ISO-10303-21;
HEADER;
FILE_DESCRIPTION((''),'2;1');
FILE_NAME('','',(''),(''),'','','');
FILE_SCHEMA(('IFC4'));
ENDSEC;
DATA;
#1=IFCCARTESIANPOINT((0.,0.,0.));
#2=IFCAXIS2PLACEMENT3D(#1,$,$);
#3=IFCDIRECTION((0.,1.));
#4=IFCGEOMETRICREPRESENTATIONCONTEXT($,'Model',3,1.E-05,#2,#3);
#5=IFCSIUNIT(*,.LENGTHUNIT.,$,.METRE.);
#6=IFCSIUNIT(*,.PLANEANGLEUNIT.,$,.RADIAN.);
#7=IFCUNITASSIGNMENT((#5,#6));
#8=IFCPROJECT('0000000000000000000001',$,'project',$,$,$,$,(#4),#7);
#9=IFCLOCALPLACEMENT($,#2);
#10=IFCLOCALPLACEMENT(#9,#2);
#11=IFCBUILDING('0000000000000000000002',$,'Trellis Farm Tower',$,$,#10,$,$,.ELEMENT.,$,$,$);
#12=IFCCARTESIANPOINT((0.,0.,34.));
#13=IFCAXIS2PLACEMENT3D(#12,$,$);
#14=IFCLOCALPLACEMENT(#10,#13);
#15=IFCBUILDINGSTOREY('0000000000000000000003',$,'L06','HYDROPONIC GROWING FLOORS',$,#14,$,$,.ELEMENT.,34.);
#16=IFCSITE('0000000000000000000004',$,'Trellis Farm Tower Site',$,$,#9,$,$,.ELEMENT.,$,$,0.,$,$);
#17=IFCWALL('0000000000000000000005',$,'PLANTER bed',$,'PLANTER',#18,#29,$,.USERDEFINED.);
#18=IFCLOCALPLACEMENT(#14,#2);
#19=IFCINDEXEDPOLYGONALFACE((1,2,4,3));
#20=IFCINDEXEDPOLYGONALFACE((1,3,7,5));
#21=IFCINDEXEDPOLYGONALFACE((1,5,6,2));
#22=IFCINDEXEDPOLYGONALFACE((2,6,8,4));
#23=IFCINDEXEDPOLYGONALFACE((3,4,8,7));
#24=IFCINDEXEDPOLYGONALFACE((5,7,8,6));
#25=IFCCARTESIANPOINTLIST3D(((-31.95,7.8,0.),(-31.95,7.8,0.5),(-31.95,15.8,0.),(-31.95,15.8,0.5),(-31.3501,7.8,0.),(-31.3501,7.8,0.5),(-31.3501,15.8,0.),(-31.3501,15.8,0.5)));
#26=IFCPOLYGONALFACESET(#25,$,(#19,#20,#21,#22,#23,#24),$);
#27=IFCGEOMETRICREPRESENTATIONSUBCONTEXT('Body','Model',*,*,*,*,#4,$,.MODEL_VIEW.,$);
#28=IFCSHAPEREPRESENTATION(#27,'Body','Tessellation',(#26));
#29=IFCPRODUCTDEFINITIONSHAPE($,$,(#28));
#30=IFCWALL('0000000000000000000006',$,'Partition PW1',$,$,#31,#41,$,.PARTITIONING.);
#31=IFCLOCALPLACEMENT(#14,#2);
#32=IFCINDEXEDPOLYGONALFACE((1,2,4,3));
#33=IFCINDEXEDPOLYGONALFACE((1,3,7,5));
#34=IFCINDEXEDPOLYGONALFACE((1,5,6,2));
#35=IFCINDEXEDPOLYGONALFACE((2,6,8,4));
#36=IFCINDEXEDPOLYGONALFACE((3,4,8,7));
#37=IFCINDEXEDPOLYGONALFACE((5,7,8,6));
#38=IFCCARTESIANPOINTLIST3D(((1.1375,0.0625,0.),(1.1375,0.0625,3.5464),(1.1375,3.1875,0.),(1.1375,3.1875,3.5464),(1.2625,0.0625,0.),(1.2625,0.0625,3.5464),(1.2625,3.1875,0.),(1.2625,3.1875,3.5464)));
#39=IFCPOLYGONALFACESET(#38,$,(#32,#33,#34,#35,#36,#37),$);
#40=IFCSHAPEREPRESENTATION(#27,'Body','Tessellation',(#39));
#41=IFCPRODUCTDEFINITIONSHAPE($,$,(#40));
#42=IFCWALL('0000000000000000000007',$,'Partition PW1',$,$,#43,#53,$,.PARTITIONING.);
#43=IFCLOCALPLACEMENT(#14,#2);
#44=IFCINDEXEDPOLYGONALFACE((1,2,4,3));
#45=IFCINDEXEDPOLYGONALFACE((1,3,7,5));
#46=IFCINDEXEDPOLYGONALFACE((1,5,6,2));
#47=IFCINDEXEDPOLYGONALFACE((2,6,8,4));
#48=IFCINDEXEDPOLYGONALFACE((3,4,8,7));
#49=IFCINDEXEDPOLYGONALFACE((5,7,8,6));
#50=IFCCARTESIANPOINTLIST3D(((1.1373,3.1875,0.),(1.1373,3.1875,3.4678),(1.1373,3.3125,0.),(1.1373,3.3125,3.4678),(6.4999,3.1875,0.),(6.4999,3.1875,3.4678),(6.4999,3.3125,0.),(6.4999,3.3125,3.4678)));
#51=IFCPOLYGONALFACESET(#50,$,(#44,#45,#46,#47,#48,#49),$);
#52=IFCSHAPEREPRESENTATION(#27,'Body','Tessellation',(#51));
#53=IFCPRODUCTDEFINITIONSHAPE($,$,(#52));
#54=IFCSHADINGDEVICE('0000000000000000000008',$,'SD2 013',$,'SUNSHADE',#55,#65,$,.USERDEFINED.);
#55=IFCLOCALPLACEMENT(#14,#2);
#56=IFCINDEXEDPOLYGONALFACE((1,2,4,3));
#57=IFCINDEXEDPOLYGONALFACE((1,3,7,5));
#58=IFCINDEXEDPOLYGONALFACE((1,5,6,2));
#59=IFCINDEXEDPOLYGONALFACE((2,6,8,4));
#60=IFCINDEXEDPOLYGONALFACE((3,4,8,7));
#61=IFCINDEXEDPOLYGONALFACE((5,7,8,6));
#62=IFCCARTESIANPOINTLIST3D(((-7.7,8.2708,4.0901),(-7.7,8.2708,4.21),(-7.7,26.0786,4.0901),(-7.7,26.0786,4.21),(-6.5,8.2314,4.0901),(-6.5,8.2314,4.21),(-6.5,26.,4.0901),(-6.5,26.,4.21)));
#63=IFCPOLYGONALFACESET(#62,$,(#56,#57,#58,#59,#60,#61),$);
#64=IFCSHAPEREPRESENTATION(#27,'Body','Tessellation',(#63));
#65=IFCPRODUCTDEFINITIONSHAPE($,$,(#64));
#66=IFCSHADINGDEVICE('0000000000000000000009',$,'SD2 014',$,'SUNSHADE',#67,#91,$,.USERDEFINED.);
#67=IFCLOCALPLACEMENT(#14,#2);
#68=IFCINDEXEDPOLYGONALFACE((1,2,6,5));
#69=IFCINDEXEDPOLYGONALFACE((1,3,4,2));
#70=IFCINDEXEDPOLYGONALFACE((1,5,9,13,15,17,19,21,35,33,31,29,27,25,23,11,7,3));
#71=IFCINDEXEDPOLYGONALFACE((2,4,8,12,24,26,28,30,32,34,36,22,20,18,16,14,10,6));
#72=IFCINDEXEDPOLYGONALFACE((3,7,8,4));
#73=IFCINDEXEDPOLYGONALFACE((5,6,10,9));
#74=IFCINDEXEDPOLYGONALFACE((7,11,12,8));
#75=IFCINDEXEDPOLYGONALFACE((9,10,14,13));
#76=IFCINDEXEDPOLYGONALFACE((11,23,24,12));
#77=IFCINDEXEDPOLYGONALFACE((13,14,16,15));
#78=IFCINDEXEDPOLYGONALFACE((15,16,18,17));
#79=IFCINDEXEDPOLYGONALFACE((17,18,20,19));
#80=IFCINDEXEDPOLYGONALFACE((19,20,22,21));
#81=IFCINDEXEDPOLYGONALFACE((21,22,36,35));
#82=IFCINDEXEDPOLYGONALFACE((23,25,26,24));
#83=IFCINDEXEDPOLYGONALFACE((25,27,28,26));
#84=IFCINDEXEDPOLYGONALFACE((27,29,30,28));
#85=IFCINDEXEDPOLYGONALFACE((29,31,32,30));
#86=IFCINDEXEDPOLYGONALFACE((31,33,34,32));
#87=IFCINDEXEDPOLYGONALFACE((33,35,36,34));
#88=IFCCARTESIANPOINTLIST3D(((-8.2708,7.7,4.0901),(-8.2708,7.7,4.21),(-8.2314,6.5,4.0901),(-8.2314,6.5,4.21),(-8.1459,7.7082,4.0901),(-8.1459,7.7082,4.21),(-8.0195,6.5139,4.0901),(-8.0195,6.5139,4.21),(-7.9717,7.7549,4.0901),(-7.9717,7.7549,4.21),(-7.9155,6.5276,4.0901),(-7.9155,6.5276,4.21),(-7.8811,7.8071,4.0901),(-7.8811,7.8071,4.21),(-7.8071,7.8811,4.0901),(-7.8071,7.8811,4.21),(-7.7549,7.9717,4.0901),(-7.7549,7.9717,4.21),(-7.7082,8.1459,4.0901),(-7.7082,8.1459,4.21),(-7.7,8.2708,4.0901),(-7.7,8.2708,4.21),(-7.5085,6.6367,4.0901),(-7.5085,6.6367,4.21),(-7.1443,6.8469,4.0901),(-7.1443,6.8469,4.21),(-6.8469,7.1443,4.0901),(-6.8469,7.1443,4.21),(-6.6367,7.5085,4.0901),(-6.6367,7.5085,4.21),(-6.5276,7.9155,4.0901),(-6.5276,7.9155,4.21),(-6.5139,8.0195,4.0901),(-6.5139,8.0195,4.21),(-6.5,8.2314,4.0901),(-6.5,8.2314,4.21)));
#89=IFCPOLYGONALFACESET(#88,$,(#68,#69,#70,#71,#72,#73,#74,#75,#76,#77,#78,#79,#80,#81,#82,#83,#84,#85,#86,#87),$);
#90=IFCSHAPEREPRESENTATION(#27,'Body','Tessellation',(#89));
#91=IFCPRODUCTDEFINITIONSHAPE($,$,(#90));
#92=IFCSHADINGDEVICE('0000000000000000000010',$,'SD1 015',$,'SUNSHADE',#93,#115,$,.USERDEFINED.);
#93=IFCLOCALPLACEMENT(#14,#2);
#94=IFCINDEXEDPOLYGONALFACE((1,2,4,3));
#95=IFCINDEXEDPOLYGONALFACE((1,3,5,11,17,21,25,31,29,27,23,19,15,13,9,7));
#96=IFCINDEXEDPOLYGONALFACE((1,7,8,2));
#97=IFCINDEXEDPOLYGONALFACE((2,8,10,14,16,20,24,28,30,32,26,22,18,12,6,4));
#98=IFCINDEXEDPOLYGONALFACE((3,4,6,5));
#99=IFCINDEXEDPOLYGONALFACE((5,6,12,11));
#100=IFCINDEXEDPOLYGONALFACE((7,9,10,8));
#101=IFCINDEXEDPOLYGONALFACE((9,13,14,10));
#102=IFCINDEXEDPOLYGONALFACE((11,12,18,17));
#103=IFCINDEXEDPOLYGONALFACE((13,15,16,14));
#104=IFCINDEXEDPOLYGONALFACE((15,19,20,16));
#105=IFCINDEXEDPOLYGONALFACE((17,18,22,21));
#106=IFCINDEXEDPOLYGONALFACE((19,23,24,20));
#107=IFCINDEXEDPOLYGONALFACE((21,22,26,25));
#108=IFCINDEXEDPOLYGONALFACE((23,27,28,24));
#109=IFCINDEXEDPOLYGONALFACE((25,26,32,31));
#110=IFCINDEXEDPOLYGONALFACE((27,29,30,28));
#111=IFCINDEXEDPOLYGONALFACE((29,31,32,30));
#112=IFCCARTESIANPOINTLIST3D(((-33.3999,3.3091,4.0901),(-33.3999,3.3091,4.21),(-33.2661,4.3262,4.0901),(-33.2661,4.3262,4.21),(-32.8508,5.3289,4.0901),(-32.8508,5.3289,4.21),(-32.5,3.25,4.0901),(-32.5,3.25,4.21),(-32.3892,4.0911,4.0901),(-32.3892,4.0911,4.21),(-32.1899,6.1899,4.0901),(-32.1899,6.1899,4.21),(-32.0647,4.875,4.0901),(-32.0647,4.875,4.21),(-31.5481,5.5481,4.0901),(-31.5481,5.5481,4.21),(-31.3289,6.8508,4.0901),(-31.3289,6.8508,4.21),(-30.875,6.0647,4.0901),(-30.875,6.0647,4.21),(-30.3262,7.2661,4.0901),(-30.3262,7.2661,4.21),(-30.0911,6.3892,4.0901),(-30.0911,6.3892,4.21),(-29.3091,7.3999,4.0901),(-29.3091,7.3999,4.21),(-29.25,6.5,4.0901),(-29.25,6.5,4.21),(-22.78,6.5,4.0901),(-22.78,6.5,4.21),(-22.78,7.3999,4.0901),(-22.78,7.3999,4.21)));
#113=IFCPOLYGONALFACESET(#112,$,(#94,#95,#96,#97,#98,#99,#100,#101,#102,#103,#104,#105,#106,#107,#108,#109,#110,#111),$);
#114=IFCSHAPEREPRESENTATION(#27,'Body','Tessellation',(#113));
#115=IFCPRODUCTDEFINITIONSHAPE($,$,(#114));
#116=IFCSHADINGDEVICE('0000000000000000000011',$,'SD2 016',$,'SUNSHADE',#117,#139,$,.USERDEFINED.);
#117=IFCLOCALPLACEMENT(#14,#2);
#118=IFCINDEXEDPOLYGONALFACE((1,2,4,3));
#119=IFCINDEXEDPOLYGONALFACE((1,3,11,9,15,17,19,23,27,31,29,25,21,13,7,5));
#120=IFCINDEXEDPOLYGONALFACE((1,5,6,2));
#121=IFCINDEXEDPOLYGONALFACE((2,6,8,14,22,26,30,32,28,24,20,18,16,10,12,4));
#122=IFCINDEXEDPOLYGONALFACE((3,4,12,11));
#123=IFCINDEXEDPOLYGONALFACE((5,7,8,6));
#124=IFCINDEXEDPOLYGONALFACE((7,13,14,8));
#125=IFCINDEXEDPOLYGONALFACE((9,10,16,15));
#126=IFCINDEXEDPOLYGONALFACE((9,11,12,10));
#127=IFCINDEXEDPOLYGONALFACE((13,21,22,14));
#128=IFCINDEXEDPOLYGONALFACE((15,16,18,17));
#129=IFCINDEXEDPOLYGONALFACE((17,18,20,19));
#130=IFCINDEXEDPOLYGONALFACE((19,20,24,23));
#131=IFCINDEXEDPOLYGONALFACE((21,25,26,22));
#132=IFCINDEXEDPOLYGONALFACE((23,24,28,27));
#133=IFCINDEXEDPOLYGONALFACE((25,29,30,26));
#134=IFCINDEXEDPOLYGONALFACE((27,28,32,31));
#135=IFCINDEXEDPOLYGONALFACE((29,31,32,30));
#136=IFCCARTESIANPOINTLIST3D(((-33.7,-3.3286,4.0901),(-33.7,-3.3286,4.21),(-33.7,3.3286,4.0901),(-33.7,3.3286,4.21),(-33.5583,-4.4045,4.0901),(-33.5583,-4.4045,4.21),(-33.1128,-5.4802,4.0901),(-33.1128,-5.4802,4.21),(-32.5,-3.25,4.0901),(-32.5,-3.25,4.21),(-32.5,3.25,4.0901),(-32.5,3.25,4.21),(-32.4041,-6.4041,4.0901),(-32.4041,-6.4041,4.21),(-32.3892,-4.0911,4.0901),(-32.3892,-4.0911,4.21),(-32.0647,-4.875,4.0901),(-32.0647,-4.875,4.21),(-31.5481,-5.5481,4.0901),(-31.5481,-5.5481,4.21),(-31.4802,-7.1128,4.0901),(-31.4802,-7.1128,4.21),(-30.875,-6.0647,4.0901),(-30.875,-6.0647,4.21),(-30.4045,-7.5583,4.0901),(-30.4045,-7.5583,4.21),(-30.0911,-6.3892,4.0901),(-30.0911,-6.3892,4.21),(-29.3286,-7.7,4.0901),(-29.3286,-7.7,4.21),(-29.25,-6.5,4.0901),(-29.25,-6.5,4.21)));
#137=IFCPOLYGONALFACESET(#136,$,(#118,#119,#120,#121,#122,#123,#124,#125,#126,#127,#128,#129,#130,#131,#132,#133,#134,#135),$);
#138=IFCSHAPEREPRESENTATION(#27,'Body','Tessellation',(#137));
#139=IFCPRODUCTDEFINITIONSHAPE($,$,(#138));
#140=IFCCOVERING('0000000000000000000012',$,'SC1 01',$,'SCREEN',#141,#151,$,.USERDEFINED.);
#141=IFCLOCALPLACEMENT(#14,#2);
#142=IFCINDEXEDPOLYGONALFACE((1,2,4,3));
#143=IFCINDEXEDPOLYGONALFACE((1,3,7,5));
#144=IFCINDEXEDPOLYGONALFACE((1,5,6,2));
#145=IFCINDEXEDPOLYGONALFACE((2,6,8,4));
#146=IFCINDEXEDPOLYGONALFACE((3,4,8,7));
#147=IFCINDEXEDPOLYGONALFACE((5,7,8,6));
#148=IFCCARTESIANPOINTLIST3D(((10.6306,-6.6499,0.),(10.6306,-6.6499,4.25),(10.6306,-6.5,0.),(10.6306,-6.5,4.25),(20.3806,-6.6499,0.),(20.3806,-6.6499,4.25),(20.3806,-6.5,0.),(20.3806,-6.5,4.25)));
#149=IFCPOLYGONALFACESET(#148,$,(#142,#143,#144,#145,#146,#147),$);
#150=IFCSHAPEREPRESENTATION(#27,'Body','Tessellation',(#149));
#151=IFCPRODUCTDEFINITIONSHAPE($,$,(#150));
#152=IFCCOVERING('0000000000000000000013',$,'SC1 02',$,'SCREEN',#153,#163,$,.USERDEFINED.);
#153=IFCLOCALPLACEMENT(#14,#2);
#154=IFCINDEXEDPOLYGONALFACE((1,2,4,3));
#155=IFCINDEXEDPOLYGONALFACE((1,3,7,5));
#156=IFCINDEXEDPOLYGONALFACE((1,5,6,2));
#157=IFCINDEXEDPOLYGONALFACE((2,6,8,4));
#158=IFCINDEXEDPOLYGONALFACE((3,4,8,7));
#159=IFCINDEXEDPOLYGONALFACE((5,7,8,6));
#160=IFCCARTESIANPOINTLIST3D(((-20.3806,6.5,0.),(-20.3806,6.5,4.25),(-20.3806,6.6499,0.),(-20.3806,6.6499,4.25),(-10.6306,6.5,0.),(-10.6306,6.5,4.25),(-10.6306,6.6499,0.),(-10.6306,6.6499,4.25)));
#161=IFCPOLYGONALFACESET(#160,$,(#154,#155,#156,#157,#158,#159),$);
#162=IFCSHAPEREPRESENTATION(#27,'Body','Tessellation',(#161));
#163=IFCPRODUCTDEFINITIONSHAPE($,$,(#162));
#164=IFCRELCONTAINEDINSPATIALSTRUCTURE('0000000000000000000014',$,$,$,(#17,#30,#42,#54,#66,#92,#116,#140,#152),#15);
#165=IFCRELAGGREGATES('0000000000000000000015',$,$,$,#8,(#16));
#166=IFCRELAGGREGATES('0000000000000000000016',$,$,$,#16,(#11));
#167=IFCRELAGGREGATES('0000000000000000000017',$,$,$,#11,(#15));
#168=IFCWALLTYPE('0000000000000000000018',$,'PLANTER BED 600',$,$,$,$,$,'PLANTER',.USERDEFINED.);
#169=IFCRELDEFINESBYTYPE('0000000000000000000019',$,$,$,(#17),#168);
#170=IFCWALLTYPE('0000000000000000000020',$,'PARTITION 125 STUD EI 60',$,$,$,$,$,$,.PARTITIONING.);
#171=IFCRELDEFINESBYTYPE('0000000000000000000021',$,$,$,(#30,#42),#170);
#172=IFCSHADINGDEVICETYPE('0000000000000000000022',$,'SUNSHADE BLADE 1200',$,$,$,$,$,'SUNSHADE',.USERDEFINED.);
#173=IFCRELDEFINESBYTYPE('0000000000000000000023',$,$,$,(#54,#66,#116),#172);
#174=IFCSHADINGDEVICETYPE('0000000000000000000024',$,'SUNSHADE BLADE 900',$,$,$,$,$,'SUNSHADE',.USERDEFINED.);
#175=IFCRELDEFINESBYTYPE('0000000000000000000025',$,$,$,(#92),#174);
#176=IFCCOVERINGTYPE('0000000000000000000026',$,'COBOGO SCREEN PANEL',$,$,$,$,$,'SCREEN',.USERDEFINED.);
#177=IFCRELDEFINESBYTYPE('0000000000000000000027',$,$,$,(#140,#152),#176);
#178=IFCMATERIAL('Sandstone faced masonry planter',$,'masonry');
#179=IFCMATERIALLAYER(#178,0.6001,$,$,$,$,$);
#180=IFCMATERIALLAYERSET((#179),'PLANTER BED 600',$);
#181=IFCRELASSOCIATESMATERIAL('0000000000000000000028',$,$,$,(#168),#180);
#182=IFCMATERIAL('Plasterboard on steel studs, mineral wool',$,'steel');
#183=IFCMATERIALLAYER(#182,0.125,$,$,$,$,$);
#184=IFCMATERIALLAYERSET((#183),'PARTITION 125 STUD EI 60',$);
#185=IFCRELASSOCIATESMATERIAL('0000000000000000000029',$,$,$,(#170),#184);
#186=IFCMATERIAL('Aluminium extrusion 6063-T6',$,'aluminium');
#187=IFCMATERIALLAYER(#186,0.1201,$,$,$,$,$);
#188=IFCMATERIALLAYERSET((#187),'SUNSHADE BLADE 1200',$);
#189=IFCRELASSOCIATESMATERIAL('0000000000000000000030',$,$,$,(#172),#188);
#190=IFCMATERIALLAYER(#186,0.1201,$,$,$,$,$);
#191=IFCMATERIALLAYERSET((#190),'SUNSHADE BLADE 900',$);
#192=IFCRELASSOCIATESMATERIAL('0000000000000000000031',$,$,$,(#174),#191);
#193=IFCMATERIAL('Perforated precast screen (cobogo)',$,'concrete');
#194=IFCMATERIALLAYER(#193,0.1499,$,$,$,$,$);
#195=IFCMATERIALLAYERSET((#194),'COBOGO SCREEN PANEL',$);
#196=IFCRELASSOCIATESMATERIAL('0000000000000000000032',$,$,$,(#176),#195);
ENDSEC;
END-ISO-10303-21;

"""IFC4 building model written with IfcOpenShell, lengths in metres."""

from ifc_helpers import new_model, si_unit, direction, frame, frame_2d, origin, place, context, subcontext, project, spatial, polyline, rectangle, outline, extrude, source, transform, mapped, material, layer, layer_set, type_object, element, save


model = new_model("IFC4")

# Units and contexts
model_context = context("Model", 3, precision=1e-05, world=origin(), true_north=direction((0.0, 1.0)))
body_context = subcontext(model_context, "Body", "Model", "MODEL_VIEW")
ifc_project = project(units=[si_unit("LENGTHUNIT", "METRE"), si_unit("PLANEANGLEUNIT", "RADIAN")], contexts=[model_context])

# Site, building, storey
site_placement = place(None, origin())
site = spatial("IfcSite", under=ifc_project, at=site_placement, Name="Trellis Farm Tower Site", CompositionType="ELEMENT", RefElevation=0.0)
building_placement = place(site_placement, origin())
building = spatial("IfcBuilding", under=site, at=building_placement, Name="Trellis Farm Tower", CompositionType="ELEMENT")
storey_placement = place(building_placement, frame((0.0, 0.0, 34.0)))
storey = spatial("IfcBuildingStorey", under=building, at=storey_placement, Name="L06", Description="HYDROPONIC GROWING FLOORS", CompositionType="ELEMENT", Elevation=34.0)

# Shared definitions
placement_1 = place(storey_placement, origin())
ifc_material_1 = material(Name="Aluminium extrusion 6063-T6", Category="aluminium")

# Walls
ifc_material_2 = material(Name="Sandstone faced masonry planter", Category="masonry")
ifc_layer_1 = layer(ifc_material_2, 0.6001)
ifc_layer_set_1 = layer_set([ifc_layer_1], Name="PLANTER BED 600")
wall_type_1 = type_object("IfcWallType", Name="PLANTER BED 600", ElementType="PLANTER", PredefinedType="USERDEFINED", material=ifc_layer_set_1)
element("IfcWall", 1, at=placement_1, inside=storey, type_object=wall_type_1, Name="PLANTER bed", ObjectType="PLANTER", PredefinedType="USERDEFINED", context=body_context, shape_type="SweptSolid", body=[
    extrude(outline(polyline([(-31.3501, 15.8), (-31.3501, 7.8), (-31.95, 7.8), (-31.95, 15.8), (-31.3501, 15.8)])), origin(), (0.0, 0.0, 1.0), 0.5),
])
ifc_material_3 = material(Name="Plasterboard on steel studs, mineral wool", Category="steel")
ifc_layer_2 = layer(ifc_material_3, 0.125)
ifc_layer_set_2 = layer_set([ifc_layer_2], Name="PARTITION 125 STUD EI 60")
wall_type_2 = type_object("IfcWallType", Name="PARTITION 125 STUD EI 60", PredefinedType="PARTITIONING", material=ifc_layer_set_2)
shared_shape_1 = source(origin(), body_context, "Body", "SweptSolid", [
    extrude(rectangle(XDim=3.125, YDim=0.125, at=frame_2d((1.5625, 0.0))), origin(), (0.0, 0.0, 1.0), 3.5464),
])
wall_1_placement = place(storey_placement, frame((1.2, 3.1875, 0.0), z_axis=(0.0, 0.0, 1.0), x_axis=(0.0, -1.0, 0.0)))
element("IfcWall", 2, at=wall_1_placement, inside=storey, type_object=wall_type_2, Name="Partition PW1", PredefinedType="PARTITIONING", context=body_context, shape_type="MappedRepresentation", body=[
    mapped(shared_shape_1, transform((0.0, 0.0, 0.0))),
])
shared_shape_2 = source(origin(), body_context, "Body", "SweptSolid", [
    extrude(rectangle(XDim=5.3625, YDim=0.125, at=frame_2d((2.6812, 0.0))), origin(), (0.0, 0.0, 1.0), 3.4678),
])
wall_2_placement = place(storey_placement, frame((1.1375, 3.25, 0.0), z_axis=(0.0, 0.0, 1.0), x_axis=(1.0, 0.0, 0.0)))
element("IfcWall", 3, at=wall_2_placement, inside=storey, type_object=wall_type_2, Name="Partition PW1", PredefinedType="PARTITIONING", context=body_context, shape_type="MappedRepresentation", body=[
    mapped(shared_shape_2, transform((0.0, 0.0, 0.0))),
])

# Shading devices
ifc_layer_3 = layer(ifc_material_1, 0.1201)
ifc_layer_set_3 = layer_set([ifc_layer_3], Name="SUNSHADE BLADE 1200")
shading_device_type_1 = type_object("IfcShadingDeviceType", Name="SUNSHADE BLADE 1200", ElementType="SUNSHADE", PredefinedType="USERDEFINED", material=ifc_layer_set_3)
shared_shape_3 = source(origin(), body_context, "Body", "SweptSolid", [
    extrude(outline(polyline([(-7.7, 26.0786), (-7.7, 8.2708), (-6.5, 8.2314), (-6.5, 26.0), (-7.7, 26.0786)])), origin(), (0.0, 0.0, 1.0), 0.1199),
])
placement_2 = place(storey_placement, frame((0.0, 0.0, 4.0901)))
element("IfcShadingDevice", 4, at=placement_2, inside=storey, type_object=shading_device_type_1, Name="SD2 013", ObjectType="SUNSHADE", PredefinedType="USERDEFINED", context=body_context, shape_type="MappedRepresentation", body=[
    mapped(shared_shape_3, transform((0.0, 0.0, 0.0))),
])
shared_shape_4 = source(origin(), body_context, "Body", "SweptSolid", [
    extrude(outline(polyline([(-7.7, 8.2708), (-7.7087, 8.1372), (-7.707, 8.1501), (-7.7549, 7.9717), (-7.8071, 7.8811), (-7.8811, 7.8071), (-7.9717, 7.7549), (-8.1501, 7.707), (-8.1372, 7.7087), (-8.2708, 7.7), (-8.2314, 6.5), (-8.0195, 6.5139), (-7.9155, 6.5276), (-7.5085, 6.6367), (-7.1443, 6.8469), (-6.8469, 7.1443), (-6.6367, 7.5085), (-6.5276, 7.9155), (-6.5139, 8.0195), (-6.5, 8.2314), (-7.7, 8.2708)])), origin(), (0.0, 0.0, 1.0), 0.1199),
])
element("IfcShadingDevice", 5, at=placement_2, inside=storey, type_object=shading_device_type_1, Name="SD2 014", ObjectType="SUNSHADE", PredefinedType="USERDEFINED", context=body_context, shape_type="MappedRepresentation", body=[
    mapped(shared_shape_4, transform((0.0, 0.0, 0.0))),
])
ifc_layer_4 = layer(ifc_material_1, 0.1201)
ifc_layer_set_4 = layer_set([ifc_layer_4], Name="SUNSHADE BLADE 900")
shading_device_type_2 = type_object("IfcShadingDeviceType", Name="SUNSHADE BLADE 900", ElementType="SUNSHADE", PredefinedType="USERDEFINED", material=ifc_layer_set_4)
shared_shape_5 = source(origin(), body_context, "Body", "SweptSolid", [
    extrude(outline(polyline([(-22.78, 7.3999), (-29.3091, 7.3999), (-30.3262, 7.2661), (-31.3289, 6.8508), (-32.1899, 6.1899), (-32.8508, 5.3289), (-33.2661, 4.3262), (-33.3999, 3.3091), (-32.5, 3.25), (-32.3892, 4.0911), (-32.0647, 4.875), (-31.5481, 5.5481), (-30.875, 6.0647), (-30.0911, 6.3892), (-29.25, 6.5), (-22.78, 6.5), (-22.78, 7.3999)])), origin(), (0.0, 0.0, 1.0), 0.1199),
])
element("IfcShadingDevice", 6, at=placement_2, inside=storey, type_object=shading_device_type_2, Name="SD1 015", ObjectType="SUNSHADE", PredefinedType="USERDEFINED", context=body_context, shape_type="MappedRepresentation", body=[
    mapped(shared_shape_5, transform((0.0, 0.0, 0.0))),
])
shared_shape_6 = source(origin(), body_context, "Body", "SweptSolid", [
    extrude(outline(polyline([(-33.7, 3.3286), (-33.7, -3.3286), (-33.5583, -4.4045), (-33.1128, -5.4802), (-32.4041, -6.4041), (-31.4802, -7.1128), (-30.4045, -7.5583), (-29.3286, -7.7), (-29.25, -6.5), (-30.0911, -6.3892), (-30.875, -6.0647), (-31.5481, -5.5481), (-32.0647, -4.875), (-32.3892, -4.0911), (-32.5, -3.25), (-32.5, 3.25), (-33.7, 3.3286)])), origin(), (0.0, 0.0, 1.0), 0.1199),
])
element("IfcShadingDevice", 7, at=placement_2, inside=storey, type_object=shading_device_type_1, Name="SD2 016", ObjectType="SUNSHADE", PredefinedType="USERDEFINED", context=body_context, shape_type="MappedRepresentation", body=[
    mapped(shared_shape_6, transform((0.0, 0.0, 0.0))),
])

# Coverings
ifc_material_4 = material(Name="Perforated precast screen (cobogo)", Category="concrete")
ifc_layer_5 = layer(ifc_material_4, 0.1499)
ifc_layer_set_5 = layer_set([ifc_layer_5], Name="COBOGO SCREEN PANEL")
covering_type = type_object("IfcCoveringType", Name="COBOGO SCREEN PANEL", ElementType="SCREEN", PredefinedType="USERDEFINED", material=ifc_layer_set_5)
shared_shape_7 = source(origin(), body_context, "Body", "SweptSolid", [
    extrude(outline(polyline([(10.6306, -6.6499), (20.3806, -6.6499), (20.3806, -6.5), (10.6306, -6.5), (10.6306, -6.6499)])), origin(), (0.0, 0.0, 1.0), 4.25),
])
element("IfcCovering", 8, at=placement_1, inside=storey, type_object=covering_type, Name="SC1 01", ObjectType="SCREEN", PredefinedType="USERDEFINED", context=body_context, shape_type="MappedRepresentation", body=[
    mapped(shared_shape_7, transform((0.0, 0.0, 0.0))),
])
shared_shape_8 = source(origin(), body_context, "Body", "SweptSolid", [
    extrude(outline(polyline([(-10.6306, 6.6499), (-20.3806, 6.6499), (-20.3806, 6.5), (-10.6306, 6.5), (-10.6306, 6.6499)])), origin(), (0.0, 0.0, 1.0), 4.25),
])
element("IfcCovering", 9, at=placement_1, inside=storey, type_object=covering_type, Name="SC1 02", ObjectType="SCREEN", PredefinedType="USERDEFINED", context=body_context, shape_type="MappedRepresentation", body=[
    mapped(shared_shape_8, transform((0.0, 0.0, 0.0))),
])

save(model, "model.ifc")
